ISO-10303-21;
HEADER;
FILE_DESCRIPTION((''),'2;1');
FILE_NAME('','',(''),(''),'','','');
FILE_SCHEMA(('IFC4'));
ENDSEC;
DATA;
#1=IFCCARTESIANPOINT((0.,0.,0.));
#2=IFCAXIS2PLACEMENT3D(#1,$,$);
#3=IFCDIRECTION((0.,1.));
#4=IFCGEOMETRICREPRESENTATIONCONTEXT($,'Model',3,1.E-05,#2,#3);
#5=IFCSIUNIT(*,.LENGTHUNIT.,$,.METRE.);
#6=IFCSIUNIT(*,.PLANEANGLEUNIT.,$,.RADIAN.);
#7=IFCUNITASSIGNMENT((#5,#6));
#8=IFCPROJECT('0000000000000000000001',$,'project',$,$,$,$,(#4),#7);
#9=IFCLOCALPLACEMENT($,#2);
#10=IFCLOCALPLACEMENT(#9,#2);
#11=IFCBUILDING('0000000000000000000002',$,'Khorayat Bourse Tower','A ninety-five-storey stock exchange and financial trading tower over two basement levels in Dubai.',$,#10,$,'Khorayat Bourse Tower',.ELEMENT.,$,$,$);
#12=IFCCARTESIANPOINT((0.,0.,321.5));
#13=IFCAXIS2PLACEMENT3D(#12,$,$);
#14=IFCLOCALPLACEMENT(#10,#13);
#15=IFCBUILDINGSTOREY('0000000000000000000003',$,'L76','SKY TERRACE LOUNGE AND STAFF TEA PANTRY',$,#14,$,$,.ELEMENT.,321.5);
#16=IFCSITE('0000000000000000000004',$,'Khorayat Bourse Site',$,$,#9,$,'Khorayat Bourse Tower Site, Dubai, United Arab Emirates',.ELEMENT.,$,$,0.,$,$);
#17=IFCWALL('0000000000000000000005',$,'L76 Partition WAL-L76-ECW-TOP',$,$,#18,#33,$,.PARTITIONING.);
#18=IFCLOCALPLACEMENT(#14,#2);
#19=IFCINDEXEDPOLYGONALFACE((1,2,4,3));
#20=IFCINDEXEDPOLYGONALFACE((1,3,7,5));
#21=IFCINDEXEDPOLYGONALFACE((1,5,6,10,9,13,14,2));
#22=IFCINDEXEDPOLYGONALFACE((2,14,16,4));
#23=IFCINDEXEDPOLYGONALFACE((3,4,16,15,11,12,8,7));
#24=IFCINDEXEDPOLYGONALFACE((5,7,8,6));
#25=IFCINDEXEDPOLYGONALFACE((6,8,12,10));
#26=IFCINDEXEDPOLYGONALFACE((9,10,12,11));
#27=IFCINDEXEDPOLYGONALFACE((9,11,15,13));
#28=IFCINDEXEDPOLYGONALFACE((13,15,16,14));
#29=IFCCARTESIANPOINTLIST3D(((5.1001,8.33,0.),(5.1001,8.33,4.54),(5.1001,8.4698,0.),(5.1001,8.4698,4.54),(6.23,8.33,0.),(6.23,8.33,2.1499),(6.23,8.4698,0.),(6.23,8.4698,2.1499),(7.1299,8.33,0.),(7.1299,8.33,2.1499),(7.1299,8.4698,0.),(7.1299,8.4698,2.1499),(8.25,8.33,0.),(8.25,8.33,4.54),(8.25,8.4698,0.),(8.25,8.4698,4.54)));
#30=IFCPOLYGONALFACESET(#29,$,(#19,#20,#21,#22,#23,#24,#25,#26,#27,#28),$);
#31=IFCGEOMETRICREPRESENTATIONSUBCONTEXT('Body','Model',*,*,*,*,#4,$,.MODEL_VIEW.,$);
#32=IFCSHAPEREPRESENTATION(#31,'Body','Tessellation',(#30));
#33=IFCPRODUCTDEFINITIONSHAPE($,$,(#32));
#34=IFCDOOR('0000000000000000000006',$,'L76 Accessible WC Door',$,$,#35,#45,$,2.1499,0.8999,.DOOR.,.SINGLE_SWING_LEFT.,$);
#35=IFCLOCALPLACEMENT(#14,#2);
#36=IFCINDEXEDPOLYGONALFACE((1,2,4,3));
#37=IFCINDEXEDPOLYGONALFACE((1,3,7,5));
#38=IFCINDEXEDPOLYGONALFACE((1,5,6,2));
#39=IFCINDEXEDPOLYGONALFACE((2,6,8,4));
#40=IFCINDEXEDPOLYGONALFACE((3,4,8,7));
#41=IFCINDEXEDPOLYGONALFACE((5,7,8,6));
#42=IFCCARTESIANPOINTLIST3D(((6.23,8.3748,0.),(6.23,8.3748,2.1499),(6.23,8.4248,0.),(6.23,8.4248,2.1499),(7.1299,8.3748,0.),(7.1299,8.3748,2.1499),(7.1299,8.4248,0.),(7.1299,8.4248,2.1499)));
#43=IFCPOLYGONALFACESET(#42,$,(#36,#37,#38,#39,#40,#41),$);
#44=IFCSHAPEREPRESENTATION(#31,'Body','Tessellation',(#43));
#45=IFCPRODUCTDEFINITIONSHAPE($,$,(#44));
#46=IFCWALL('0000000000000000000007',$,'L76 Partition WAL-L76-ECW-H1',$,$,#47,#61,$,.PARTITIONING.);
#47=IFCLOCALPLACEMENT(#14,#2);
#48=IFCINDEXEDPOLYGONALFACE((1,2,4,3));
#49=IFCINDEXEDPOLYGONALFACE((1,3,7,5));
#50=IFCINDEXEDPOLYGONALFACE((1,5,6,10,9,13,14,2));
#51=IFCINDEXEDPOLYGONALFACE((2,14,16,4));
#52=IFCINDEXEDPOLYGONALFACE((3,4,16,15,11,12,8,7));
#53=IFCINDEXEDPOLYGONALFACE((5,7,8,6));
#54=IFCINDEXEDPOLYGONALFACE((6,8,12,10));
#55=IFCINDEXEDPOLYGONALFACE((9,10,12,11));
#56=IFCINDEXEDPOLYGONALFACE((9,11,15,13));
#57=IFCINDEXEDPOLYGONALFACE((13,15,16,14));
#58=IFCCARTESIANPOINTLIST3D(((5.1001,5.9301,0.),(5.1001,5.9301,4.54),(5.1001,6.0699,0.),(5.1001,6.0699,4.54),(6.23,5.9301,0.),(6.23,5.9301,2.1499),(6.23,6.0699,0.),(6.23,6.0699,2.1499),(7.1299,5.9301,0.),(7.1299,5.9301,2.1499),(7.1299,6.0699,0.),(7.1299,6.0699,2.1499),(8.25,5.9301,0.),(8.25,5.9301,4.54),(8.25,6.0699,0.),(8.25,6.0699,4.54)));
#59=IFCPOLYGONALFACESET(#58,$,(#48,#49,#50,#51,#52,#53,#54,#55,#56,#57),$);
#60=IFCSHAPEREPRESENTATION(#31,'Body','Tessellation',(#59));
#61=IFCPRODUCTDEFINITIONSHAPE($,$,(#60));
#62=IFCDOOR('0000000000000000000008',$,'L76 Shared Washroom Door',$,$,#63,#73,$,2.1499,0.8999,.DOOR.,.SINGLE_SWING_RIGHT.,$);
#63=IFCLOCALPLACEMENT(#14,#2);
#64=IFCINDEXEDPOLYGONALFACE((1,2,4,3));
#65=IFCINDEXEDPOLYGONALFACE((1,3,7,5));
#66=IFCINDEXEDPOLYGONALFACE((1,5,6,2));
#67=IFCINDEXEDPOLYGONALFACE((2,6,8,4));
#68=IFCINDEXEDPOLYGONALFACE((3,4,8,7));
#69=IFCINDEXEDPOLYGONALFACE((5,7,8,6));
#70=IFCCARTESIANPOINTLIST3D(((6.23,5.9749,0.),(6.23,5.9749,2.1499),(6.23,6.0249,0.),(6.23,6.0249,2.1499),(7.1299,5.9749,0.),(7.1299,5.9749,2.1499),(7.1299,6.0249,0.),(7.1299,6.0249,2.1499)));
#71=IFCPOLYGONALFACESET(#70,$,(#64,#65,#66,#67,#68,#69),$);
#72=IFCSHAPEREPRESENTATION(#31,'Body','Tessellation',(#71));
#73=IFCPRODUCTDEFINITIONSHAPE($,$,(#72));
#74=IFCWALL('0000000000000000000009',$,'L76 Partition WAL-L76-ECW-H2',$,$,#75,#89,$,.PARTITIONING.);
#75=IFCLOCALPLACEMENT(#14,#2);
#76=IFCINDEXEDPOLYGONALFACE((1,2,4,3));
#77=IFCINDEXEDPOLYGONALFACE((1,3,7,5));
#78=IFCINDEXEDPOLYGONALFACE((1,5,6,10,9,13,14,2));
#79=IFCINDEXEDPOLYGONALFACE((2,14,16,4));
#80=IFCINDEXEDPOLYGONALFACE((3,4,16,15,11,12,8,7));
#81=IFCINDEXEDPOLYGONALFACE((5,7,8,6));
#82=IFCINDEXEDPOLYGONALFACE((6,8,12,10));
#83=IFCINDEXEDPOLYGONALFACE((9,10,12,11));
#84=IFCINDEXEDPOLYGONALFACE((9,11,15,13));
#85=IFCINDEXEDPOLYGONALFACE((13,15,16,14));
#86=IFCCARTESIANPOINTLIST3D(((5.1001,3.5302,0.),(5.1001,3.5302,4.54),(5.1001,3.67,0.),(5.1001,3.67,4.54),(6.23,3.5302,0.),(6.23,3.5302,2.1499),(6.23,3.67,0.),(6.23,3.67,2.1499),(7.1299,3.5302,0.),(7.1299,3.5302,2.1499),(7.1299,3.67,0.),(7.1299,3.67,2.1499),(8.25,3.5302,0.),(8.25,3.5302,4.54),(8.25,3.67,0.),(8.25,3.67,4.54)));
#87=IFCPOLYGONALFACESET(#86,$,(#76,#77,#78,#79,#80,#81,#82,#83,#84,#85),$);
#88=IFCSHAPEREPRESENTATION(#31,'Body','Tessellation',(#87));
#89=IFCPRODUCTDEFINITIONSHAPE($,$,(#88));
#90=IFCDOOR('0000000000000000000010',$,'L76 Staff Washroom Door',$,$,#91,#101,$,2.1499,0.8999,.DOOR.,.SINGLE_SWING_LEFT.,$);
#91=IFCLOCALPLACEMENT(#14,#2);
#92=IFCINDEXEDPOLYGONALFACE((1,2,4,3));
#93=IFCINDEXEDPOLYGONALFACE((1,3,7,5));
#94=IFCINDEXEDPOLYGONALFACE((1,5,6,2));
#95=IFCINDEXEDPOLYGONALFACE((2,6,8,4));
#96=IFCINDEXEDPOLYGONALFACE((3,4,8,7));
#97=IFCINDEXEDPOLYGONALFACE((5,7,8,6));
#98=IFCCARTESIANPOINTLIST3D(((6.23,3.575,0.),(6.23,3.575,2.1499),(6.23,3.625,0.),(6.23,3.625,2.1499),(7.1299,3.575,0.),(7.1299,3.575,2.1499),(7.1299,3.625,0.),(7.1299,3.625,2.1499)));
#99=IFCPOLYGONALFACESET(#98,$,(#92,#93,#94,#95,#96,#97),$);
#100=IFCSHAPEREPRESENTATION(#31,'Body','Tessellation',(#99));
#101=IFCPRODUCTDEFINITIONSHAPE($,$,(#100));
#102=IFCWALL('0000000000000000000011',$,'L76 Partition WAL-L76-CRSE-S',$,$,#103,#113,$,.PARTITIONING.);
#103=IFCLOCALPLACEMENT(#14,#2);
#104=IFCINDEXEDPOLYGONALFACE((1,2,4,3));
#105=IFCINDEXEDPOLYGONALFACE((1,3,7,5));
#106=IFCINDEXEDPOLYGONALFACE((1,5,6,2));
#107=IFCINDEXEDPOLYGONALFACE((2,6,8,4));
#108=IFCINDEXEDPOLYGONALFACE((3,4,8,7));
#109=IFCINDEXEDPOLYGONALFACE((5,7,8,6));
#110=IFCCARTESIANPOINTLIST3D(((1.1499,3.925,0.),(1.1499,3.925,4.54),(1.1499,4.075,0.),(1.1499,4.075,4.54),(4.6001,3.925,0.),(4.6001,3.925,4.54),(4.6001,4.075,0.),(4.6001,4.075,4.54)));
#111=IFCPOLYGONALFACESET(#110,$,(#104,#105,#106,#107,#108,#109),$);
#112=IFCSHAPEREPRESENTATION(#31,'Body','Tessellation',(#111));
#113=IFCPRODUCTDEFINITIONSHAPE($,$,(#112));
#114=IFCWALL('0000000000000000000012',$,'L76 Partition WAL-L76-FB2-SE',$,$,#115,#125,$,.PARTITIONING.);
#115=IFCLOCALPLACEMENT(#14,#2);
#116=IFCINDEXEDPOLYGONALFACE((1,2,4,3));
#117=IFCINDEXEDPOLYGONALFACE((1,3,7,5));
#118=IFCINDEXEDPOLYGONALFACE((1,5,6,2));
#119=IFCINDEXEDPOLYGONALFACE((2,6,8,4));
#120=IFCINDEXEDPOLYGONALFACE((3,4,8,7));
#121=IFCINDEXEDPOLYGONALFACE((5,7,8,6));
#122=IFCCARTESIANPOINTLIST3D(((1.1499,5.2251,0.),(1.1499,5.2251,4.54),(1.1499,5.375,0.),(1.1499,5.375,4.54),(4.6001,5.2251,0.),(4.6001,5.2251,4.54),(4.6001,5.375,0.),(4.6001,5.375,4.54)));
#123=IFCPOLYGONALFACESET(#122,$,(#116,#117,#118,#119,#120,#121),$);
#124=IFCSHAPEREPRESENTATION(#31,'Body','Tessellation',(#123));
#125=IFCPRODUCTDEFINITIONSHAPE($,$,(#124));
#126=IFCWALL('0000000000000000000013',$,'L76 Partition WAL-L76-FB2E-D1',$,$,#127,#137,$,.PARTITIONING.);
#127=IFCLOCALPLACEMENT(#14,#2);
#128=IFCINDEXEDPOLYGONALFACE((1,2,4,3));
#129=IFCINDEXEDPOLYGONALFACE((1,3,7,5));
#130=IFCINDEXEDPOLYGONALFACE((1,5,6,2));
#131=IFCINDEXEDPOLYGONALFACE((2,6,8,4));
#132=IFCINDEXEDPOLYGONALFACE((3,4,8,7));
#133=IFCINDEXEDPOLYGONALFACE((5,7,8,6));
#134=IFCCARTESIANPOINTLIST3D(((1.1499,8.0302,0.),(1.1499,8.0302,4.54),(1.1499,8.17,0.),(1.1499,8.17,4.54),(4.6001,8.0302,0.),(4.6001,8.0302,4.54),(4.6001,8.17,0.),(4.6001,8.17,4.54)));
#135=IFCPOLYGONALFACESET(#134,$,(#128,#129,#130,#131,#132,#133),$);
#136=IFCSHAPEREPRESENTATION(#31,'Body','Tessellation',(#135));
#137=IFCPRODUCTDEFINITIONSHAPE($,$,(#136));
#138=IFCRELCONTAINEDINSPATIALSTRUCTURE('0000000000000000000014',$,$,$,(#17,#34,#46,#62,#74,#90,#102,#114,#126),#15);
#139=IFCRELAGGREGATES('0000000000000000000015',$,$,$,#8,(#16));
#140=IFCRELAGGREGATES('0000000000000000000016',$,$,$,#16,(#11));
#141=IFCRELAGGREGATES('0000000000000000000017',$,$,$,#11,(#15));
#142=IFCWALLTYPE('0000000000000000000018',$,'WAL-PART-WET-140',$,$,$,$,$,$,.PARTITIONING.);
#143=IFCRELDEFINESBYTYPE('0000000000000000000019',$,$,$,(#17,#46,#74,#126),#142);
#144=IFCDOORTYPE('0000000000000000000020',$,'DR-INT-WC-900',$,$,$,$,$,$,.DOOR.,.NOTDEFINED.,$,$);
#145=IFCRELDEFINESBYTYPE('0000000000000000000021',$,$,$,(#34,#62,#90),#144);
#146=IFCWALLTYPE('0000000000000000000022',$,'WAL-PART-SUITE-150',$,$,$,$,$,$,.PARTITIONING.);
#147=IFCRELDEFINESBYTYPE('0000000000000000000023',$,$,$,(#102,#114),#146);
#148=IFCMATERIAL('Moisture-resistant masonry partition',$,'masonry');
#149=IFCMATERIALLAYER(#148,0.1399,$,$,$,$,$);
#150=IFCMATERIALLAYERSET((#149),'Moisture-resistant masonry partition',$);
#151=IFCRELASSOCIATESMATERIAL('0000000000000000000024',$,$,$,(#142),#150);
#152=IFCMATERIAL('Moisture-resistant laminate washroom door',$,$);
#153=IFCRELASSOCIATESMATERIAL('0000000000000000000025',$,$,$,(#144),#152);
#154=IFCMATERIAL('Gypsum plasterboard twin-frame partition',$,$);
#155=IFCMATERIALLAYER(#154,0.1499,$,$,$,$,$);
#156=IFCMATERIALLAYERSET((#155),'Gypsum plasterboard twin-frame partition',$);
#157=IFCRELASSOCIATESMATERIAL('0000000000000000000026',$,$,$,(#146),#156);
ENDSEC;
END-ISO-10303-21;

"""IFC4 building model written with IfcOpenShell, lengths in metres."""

from ifc_helpers import new_model, si_unit, direction, frame, frame_2d, origin, place, context, subcontext, project, spatial, rectangle, extrude, source, transform, mapped, material, layer, layer_set, type_object, element, fill, save


model = new_model("IFC4")

# Units and contexts
model_context = context("Model", 3, precision=1e-05, world=origin(), true_north=direction((0.0, 1.0)))
body_context = subcontext(model_context, "Body", "Model", "MODEL_VIEW")
ifc_project = project(units=[si_unit("LENGTHUNIT", "METRE"), si_unit("PLANEANGLEUNIT", "RADIAN")], contexts=[model_context])

# Site, building, storey
site_placement = place(None, origin())
site = spatial("IfcSite", under=ifc_project, at=site_placement, Name="Khorayat Bourse Site", LongName="Khorayat Bourse Tower Site, Dubai, United Arab Emirates", CompositionType="ELEMENT", RefElevation=0.0)
building_placement = place(site_placement, origin())
building = spatial("IfcBuilding", under=site, at=building_placement, Name="Khorayat Bourse Tower", Description="A ninety-five-storey stock exchange and financial trading tower over two basement levels in Dubai.", LongName="Khorayat Bourse Tower", CompositionType="ELEMENT")
storey_placement = place(building_placement, frame((0.0, 0.0, 321.5)))
storey = spatial("IfcBuildingStorey", under=building, at=storey_placement, Name="L76", Description="SKY TERRACE LOUNGE AND STAFF TEA PANTRY", CompositionType="ELEMENT", Elevation=321.5)

# Walls, openings, doors
ifc_material_1 = material(Name="Moisture-resistant masonry partition", Category="masonry")
ifc_layer_1 = layer(ifc_material_1, 0.1399)
ifc_layer_set_1 = layer_set([ifc_layer_1], Name="Moisture-resistant masonry partition")
wall_type_1 = type_object("IfcWallType", Name="WAL-PART-WET-140", PredefinedType="PARTITIONING", material=ifc_layer_set_1)
shared_shape_1 = source(origin(), body_context, "Body", "SweptSolid", [
    extrude(rectangle(XDim=3.1499, YDim=0.1399, at=frame_2d((1.575, 0.0))), origin(), (0.0, 0.0, 1.0), 4.54),
])
wall_1_placement = place(storey_placement, frame((5.1001, 8.3999, 0.0), z_axis=(0.0, 0.0, 1.0), x_axis=(1.0, 0.0, 0.0)))
wall_1 = element("IfcWall", 1, at=wall_1_placement, inside=storey, type_object=wall_type_1, Name="L76 Partition WAL-L76-ECW-TOP", PredefinedType="PARTITIONING", context=body_context, shape_type="MappedRepresentation", body=[
    mapped(shared_shape_1, transform((0.0, 0.0, 0.0), scale=1.0)),
])
shared_shape_2 = source(origin(), body_context, "Body", "SweptSolid", [
    extrude(rectangle(XDim=0.8999, YDim=2.1499, at=frame_2d((0.45, 1.075))), frame((0.0, 0.0798, 0.0), z_axis=(0.0, -1.0, 0.0), x_axis=(1.0, 0.0, 0.0)), (0.0, 0.0, 1.0), 0.1599),
])
opening_1_placement = place(wall_1_placement, frame((1.1299, 0.0, 0.0)))
opening_1 = element("IfcOpeningElement", 2, at=opening_1_placement, cuts=wall_1, PredefinedType="OPENING", context=body_context, shape_type="MappedRepresentation", body=[
    mapped(shared_shape_2, transform((0.0, 0.0, 0.0), scale=1.0)),
])
ifc_material_2 = material(Name="Moisture-resistant laminate washroom door")
door_type_1 = type_object("IfcDoorType", Name="DR-INT-WC-900", OperationType="NOTDEFINED", PredefinedType="DOOR", material=ifc_material_2)
shared_shape_3 = source(origin(), body_context, "Body", "SweptSolid", [
    extrude(rectangle(XDim=0.8999, YDim=2.1499, at=frame_2d((0.45, 1.075))), frame((0.0, 0.0249, 0.0), z_axis=(0.0, -1.0, 0.0), x_axis=(1.0, 0.0, 0.0)), (0.0, 0.0, 1.0), 0.05),
])
door_1_placement = place(opening_1_placement, origin())
door_1 = element("IfcDoor", 3, at=door_1_placement, inside=storey, type_object=door_type_1, Name="L76 Accessible WC Door", OperationType="SINGLE_SWING_LEFT", OverallHeight=2.1499, OverallWidth=0.8999, PredefinedType="DOOR", context=body_context, shape_type="MappedRepresentation", body=[
    mapped(shared_shape_3, transform((0.0, 0.0, 0.0), scale=1.0)),
])
fill(opening_1, door_1)
wall_2_placement = place(storey_placement, frame((5.1001, 6.0, 0.0), z_axis=(0.0, 0.0, 1.0), x_axis=(1.0, 0.0, 0.0)))
wall_2 = element("IfcWall", 4, at=wall_2_placement, inside=storey, type_object=wall_type_1, Name="L76 Partition WAL-L76-ECW-H1", PredefinedType="PARTITIONING", context=body_context, shape_type="MappedRepresentation", body=[
    mapped(shared_shape_1, transform((0.0, 0.0, 0.0), scale=1.0)),
])
opening_2_placement = place(wall_2_placement, frame((1.1299, 0.0, 0.0)))
opening_2 = element("IfcOpeningElement", 5, at=opening_2_placement, cuts=wall_2, PredefinedType="OPENING", context=body_context, shape_type="MappedRepresentation", body=[
    mapped(shared_shape_2, transform((0.0, 0.0, 0.0), scale=1.0)),
])
door_2_placement = place(opening_2_placement, origin())
door_2 = element("IfcDoor", 6, at=door_2_placement, inside=storey, type_object=door_type_1, Name="L76 Shared Washroom Door", OperationType="SINGLE_SWING_RIGHT", OverallHeight=2.1499, OverallWidth=0.8999, PredefinedType="DOOR", context=body_context, shape_type="MappedRepresentation", body=[
    mapped(shared_shape_3, transform((0.0, 0.0, 0.0), scale=1.0)),
])
fill(opening_2, door_2)
wall_3_placement = place(storey_placement, frame((5.1001, 3.6001, 0.0), z_axis=(0.0, 0.0, 1.0), x_axis=(1.0, 0.0, 0.0)))
wall_3 = element("IfcWall", 7, at=wall_3_placement, inside=storey, type_object=wall_type_1, Name="L76 Partition WAL-L76-ECW-H2", PredefinedType="PARTITIONING", context=body_context, shape_type="MappedRepresentation", body=[
    mapped(shared_shape_1, transform((0.0, 0.0, 0.0), scale=1.0)),
])
opening_3_placement = place(wall_3_placement, frame((1.1299, 0.0, 0.0)))
opening_3 = element("IfcOpeningElement", 8, at=opening_3_placement, cuts=wall_3, PredefinedType="OPENING", context=body_context, shape_type="MappedRepresentation", body=[
    mapped(shared_shape_2, transform((0.0, 0.0, 0.0), scale=1.0)),
])
door_3_placement = place(opening_3_placement, origin())
door_3 = element("IfcDoor", 9, at=door_3_placement, inside=storey, type_object=door_type_1, Name="L76 Staff Washroom Door", OperationType="SINGLE_SWING_LEFT", OverallHeight=2.1499, OverallWidth=0.8999, PredefinedType="DOOR", context=body_context, shape_type="MappedRepresentation", body=[
    mapped(shared_shape_3, transform((0.0, 0.0, 0.0), scale=1.0)),
])
fill(opening_3, door_3)

# Walls
ifc_material_3 = material(Name="Gypsum plasterboard twin-frame partition")
ifc_layer_2 = layer(ifc_material_3, 0.1499)
ifc_layer_set_2 = layer_set([ifc_layer_2], Name="Gypsum plasterboard twin-frame partition")
wall_type_2 = type_object("IfcWallType", Name="WAL-PART-SUITE-150", PredefinedType="PARTITIONING", material=ifc_layer_set_2)
shared_shape_4 = source(origin(), body_context, "Body", "SweptSolid", [
    extrude(rectangle(XDim=3.4502, YDim=0.1499, at=frame_2d((1.7251, 0.0))), origin(), (0.0, 0.0, 1.0), 4.54),
])
for number, where, z_axis, x_axis, name in (
    (10, (1.1499, 4.0, 0.0), (0.0, 0.0, 1.0), (1.0, 0.0, 0.0), "L76 Partition WAL-L76-CRSE-S"),
    (11, (1.1499, 5.3, 0.0), (0.0, 0.0, 1.0), (1.0, 0.0, 0.0), "L76 Partition WAL-L76-FB2-SE"),
):
    element("IfcWall", number, at=place(storey_placement, frame(where, z_axis=z_axis, x_axis=x_axis)), inside=storey, type_object=wall_type_2, Name=name, PredefinedType="PARTITIONING", context=body_context, shape_type="MappedRepresentation", body=[
        mapped(shared_shape_4, transform((0.0, 0.0, 0.0), scale=1.0)),
    ])
shared_shape_5 = source(origin(), body_context, "Body", "SweptSolid", [
    extrude(rectangle(XDim=3.4502, YDim=0.1399, at=frame_2d((1.7251, 0.0))), origin(), (0.0, 0.0, 1.0), 4.54),
])
wall_4_placement = place(storey_placement, frame((1.1499, 8.1001, 0.0), z_axis=(0.0, 0.0, 1.0), x_axis=(1.0, 0.0, 0.0)))
element("IfcWall", 12, at=wall_4_placement, inside=storey, type_object=wall_type_1, Name="L76 Partition WAL-L76-FB2E-D1", PredefinedType="PARTITIONING", context=body_context, shape_type="MappedRepresentation", body=[
    mapped(shared_shape_5, transform((0.0, 0.0, 0.0), scale=1.0)),
])

save(model, "model.ifc")
